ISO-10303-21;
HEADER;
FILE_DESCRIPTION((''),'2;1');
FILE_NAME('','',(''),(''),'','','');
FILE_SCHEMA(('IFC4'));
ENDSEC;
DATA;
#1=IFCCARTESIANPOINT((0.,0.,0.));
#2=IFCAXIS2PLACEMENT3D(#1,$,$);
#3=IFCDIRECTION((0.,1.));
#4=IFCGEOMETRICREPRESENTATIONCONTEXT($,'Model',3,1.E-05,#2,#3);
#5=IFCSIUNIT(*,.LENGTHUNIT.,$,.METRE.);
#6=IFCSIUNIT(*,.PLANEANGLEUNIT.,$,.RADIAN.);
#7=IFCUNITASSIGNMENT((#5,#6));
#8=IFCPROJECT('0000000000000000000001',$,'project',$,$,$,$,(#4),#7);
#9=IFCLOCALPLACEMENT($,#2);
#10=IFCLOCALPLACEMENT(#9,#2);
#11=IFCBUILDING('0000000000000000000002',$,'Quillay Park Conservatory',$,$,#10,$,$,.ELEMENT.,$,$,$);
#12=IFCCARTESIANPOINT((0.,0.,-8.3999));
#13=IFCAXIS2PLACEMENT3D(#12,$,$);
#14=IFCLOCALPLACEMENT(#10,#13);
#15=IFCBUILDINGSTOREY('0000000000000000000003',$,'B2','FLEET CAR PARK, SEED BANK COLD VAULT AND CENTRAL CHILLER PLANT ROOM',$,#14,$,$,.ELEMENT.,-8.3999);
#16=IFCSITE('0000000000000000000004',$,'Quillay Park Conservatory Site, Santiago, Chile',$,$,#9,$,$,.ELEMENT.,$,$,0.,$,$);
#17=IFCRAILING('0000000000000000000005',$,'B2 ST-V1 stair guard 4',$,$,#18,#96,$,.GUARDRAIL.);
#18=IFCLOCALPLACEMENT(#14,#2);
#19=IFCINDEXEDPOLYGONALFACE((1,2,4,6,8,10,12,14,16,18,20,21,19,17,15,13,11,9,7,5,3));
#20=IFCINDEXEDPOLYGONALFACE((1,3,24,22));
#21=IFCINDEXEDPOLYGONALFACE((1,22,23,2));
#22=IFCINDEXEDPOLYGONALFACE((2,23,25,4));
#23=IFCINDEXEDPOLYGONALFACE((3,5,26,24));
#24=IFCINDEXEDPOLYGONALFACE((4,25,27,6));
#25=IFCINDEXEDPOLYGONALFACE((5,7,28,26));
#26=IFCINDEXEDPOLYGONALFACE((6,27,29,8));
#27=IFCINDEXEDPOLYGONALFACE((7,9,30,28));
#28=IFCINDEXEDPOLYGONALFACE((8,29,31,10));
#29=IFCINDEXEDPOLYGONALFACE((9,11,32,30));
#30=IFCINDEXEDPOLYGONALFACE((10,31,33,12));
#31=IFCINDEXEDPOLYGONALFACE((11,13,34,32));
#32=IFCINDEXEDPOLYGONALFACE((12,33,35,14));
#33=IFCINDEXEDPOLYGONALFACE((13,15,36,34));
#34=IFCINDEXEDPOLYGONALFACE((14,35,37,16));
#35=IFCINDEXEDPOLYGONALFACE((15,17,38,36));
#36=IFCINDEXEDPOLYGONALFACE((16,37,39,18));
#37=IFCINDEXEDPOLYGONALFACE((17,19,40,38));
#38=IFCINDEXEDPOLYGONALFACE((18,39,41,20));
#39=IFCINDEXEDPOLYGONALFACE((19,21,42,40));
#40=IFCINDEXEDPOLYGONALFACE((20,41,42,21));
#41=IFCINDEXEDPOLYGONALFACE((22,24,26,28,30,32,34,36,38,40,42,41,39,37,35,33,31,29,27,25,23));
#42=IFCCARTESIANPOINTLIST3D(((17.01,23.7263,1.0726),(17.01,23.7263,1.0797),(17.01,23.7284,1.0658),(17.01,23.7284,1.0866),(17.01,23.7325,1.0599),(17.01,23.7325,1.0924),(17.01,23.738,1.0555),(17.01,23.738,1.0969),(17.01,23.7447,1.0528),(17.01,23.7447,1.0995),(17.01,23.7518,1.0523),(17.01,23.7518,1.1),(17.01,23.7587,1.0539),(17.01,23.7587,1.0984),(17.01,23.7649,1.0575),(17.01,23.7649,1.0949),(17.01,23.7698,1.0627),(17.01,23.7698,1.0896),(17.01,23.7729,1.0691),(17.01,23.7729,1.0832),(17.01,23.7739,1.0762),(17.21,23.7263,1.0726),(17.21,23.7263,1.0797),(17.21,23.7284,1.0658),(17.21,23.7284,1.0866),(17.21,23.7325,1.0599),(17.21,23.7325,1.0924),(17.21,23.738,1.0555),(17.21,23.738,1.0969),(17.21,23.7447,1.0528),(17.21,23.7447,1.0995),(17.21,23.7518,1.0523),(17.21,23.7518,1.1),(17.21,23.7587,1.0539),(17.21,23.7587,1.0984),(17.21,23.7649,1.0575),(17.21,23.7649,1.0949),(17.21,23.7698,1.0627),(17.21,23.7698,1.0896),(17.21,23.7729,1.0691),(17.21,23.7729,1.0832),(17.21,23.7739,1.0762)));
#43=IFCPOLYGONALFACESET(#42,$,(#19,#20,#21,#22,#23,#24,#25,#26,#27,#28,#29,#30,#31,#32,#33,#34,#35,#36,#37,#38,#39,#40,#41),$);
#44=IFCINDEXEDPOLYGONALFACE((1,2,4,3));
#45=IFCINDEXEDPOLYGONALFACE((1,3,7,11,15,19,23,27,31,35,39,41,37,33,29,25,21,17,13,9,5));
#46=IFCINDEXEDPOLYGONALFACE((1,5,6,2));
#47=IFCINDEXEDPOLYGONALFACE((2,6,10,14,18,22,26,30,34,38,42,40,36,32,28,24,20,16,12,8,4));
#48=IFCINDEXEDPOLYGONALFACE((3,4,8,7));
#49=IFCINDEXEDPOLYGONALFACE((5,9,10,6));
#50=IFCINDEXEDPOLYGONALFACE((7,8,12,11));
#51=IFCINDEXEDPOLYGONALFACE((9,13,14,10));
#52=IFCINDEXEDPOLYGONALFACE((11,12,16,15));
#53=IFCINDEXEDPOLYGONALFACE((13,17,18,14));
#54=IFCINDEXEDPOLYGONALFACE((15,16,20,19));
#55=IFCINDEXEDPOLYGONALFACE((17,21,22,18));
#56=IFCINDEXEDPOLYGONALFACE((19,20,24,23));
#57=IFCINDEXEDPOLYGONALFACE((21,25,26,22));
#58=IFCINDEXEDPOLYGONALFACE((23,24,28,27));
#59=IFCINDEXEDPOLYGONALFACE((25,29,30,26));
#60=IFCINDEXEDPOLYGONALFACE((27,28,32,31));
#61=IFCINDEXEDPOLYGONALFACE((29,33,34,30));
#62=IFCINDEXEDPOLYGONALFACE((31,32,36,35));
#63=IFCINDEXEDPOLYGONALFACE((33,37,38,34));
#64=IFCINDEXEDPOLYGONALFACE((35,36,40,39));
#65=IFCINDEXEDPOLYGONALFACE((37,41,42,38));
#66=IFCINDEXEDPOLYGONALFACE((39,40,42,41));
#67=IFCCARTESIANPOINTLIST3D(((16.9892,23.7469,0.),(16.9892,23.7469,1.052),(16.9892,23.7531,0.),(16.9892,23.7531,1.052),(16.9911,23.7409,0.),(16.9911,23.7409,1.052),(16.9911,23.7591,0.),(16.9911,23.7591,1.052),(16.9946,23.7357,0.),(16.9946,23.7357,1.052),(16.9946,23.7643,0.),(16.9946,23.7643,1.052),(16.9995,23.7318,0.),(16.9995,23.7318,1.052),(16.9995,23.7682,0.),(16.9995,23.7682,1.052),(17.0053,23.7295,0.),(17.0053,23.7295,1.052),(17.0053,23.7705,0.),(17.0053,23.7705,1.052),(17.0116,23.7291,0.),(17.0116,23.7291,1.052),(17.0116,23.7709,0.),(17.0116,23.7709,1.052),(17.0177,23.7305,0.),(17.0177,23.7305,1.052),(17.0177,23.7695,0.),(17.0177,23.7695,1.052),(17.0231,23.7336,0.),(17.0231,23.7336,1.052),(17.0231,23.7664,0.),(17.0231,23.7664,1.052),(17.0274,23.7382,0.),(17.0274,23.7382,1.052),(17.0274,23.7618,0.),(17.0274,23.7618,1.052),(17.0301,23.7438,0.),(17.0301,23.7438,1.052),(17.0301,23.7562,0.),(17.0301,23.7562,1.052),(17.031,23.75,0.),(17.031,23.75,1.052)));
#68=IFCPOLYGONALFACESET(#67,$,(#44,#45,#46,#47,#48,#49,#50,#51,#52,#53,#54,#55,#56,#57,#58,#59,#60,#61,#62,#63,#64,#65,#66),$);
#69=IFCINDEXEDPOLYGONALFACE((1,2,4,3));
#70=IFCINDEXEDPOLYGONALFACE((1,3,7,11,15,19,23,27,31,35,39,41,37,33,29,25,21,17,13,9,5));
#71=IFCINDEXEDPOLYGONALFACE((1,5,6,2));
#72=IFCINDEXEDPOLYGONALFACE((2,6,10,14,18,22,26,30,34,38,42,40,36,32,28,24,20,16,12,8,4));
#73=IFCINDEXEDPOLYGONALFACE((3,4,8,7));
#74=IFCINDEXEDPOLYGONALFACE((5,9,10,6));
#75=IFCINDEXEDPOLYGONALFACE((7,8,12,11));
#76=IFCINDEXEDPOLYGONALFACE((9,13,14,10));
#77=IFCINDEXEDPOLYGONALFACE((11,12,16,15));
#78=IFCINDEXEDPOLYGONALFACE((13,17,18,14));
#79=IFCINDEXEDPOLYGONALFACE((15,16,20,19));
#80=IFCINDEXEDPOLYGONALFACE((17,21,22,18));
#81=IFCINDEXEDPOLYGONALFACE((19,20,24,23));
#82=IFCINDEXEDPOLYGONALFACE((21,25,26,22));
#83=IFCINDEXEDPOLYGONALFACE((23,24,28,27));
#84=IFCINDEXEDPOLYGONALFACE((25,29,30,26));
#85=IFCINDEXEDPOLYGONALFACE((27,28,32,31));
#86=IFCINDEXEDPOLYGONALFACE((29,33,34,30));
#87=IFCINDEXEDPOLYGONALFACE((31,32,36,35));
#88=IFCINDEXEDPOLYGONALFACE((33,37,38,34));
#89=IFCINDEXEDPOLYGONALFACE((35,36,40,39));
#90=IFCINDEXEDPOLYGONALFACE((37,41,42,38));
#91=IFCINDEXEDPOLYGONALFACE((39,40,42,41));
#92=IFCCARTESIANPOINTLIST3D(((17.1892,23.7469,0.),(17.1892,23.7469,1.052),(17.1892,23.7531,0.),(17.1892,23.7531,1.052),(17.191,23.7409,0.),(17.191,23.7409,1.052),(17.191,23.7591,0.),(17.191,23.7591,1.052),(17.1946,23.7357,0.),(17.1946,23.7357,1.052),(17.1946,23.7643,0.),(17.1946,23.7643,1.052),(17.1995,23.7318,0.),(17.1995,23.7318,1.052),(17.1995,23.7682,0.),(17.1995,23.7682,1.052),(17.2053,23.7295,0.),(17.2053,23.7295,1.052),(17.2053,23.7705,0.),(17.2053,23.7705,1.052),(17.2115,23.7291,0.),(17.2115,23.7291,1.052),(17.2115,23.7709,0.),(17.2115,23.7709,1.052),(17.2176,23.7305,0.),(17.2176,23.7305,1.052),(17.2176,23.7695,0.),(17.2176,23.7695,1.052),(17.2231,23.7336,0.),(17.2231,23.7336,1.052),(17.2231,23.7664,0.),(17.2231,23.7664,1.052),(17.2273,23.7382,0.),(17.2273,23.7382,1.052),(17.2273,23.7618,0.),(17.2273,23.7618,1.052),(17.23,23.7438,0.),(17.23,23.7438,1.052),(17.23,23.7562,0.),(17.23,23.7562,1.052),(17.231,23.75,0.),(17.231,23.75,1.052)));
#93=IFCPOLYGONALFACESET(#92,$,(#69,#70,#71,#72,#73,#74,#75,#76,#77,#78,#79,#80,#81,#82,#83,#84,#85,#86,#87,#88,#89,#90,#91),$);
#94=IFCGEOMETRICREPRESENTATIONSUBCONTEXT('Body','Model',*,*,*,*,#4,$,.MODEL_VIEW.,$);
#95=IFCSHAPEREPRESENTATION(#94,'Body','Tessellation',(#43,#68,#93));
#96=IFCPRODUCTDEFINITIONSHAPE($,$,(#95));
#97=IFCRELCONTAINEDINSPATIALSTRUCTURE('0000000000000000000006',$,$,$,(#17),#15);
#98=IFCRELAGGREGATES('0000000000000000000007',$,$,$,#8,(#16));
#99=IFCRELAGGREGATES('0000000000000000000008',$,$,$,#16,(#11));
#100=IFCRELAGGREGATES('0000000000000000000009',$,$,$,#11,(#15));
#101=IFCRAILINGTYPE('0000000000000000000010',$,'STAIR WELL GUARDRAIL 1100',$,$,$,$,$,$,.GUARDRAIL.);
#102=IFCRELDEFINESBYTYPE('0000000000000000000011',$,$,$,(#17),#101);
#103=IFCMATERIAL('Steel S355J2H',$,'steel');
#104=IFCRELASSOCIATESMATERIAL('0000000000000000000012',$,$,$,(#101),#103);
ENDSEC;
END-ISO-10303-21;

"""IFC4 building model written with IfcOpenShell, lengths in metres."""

from ifc_helpers import new_model, si_unit, direction, frame, origin, origin_2d, place, context, subcontext, project, spatial, circle, extrude, material, type_object, element, save


model = new_model("IFC4")

# Units and contexts
model_context = context("Model", 3, precision=1e-05, world=origin(), true_north=direction((0.0, 1.0)))
body_context = subcontext(model_context, "Body", "Model", "MODEL_VIEW")
ifc_project = project(units=[si_unit("LENGTHUNIT", "METRE"), si_unit("PLANEANGLEUNIT", "RADIAN")], contexts=[model_context])

# Site, building, storey
site_placement = place(None, origin())
site = spatial("IfcSite", under=ifc_project, at=site_placement, Name="Quillay Park Conservatory Site, Santiago, Chile", CompositionType="ELEMENT", RefElevation=0.0)
building_placement = place(site_placement, origin())
building = spatial("IfcBuilding", under=site, at=building_placement, Name="Quillay Park Conservatory", CompositionType="ELEMENT")
storey_placement = place(building_placement, frame((0.0, 0.0, -8.3999)))
storey = spatial("IfcBuildingStorey", under=building, at=storey_placement, Name="B2", Description="FLEET CAR PARK, SEED BANK COLD VAULT AND CENTRAL CHILLER PLANT ROOM", CompositionType="ELEMENT", Elevation=-8.3999)

# Railing
ifc_material_1 = material(Name="Steel S355J2H", Category="steel")
railing_type_1 = type_object("IfcRailingType", Name="STAIR WELL GUARDRAIL 1100", PredefinedType="GUARDRAIL", material=ifc_material_1)
railing_1_placement = place(storey_placement, frame((17.01, 23.75, 0.0)))
element("IfcRailing", 1, at=railing_1_placement, inside=storey, type_object=railing_type_1, Name="B2 ST-V1 stair guard 4", PredefinedType="GUARDRAIL", context=body_context, shape_type="SweptSolid", body=[
    extrude(circle(Radius=0.0239, at=origin_2d()), frame((0.0, 0.0, 1.0762), z_axis=(1.0, 0.0, 0.0), x_axis=(0.0, 1.0, 0.0)), (0.0, 0.0, 1.0), 0.2),
    extrude(circle(Radius=0.021, at=origin_2d()), origin(), (0.0, 0.0, 1.0), 1.052),
    extrude(circle(Radius=0.021, at=origin_2d()), frame((0.2, 0.0, 0.0)), (0.0, 0.0, 1.0), 1.052),
])

save(model, "model.ifc")
